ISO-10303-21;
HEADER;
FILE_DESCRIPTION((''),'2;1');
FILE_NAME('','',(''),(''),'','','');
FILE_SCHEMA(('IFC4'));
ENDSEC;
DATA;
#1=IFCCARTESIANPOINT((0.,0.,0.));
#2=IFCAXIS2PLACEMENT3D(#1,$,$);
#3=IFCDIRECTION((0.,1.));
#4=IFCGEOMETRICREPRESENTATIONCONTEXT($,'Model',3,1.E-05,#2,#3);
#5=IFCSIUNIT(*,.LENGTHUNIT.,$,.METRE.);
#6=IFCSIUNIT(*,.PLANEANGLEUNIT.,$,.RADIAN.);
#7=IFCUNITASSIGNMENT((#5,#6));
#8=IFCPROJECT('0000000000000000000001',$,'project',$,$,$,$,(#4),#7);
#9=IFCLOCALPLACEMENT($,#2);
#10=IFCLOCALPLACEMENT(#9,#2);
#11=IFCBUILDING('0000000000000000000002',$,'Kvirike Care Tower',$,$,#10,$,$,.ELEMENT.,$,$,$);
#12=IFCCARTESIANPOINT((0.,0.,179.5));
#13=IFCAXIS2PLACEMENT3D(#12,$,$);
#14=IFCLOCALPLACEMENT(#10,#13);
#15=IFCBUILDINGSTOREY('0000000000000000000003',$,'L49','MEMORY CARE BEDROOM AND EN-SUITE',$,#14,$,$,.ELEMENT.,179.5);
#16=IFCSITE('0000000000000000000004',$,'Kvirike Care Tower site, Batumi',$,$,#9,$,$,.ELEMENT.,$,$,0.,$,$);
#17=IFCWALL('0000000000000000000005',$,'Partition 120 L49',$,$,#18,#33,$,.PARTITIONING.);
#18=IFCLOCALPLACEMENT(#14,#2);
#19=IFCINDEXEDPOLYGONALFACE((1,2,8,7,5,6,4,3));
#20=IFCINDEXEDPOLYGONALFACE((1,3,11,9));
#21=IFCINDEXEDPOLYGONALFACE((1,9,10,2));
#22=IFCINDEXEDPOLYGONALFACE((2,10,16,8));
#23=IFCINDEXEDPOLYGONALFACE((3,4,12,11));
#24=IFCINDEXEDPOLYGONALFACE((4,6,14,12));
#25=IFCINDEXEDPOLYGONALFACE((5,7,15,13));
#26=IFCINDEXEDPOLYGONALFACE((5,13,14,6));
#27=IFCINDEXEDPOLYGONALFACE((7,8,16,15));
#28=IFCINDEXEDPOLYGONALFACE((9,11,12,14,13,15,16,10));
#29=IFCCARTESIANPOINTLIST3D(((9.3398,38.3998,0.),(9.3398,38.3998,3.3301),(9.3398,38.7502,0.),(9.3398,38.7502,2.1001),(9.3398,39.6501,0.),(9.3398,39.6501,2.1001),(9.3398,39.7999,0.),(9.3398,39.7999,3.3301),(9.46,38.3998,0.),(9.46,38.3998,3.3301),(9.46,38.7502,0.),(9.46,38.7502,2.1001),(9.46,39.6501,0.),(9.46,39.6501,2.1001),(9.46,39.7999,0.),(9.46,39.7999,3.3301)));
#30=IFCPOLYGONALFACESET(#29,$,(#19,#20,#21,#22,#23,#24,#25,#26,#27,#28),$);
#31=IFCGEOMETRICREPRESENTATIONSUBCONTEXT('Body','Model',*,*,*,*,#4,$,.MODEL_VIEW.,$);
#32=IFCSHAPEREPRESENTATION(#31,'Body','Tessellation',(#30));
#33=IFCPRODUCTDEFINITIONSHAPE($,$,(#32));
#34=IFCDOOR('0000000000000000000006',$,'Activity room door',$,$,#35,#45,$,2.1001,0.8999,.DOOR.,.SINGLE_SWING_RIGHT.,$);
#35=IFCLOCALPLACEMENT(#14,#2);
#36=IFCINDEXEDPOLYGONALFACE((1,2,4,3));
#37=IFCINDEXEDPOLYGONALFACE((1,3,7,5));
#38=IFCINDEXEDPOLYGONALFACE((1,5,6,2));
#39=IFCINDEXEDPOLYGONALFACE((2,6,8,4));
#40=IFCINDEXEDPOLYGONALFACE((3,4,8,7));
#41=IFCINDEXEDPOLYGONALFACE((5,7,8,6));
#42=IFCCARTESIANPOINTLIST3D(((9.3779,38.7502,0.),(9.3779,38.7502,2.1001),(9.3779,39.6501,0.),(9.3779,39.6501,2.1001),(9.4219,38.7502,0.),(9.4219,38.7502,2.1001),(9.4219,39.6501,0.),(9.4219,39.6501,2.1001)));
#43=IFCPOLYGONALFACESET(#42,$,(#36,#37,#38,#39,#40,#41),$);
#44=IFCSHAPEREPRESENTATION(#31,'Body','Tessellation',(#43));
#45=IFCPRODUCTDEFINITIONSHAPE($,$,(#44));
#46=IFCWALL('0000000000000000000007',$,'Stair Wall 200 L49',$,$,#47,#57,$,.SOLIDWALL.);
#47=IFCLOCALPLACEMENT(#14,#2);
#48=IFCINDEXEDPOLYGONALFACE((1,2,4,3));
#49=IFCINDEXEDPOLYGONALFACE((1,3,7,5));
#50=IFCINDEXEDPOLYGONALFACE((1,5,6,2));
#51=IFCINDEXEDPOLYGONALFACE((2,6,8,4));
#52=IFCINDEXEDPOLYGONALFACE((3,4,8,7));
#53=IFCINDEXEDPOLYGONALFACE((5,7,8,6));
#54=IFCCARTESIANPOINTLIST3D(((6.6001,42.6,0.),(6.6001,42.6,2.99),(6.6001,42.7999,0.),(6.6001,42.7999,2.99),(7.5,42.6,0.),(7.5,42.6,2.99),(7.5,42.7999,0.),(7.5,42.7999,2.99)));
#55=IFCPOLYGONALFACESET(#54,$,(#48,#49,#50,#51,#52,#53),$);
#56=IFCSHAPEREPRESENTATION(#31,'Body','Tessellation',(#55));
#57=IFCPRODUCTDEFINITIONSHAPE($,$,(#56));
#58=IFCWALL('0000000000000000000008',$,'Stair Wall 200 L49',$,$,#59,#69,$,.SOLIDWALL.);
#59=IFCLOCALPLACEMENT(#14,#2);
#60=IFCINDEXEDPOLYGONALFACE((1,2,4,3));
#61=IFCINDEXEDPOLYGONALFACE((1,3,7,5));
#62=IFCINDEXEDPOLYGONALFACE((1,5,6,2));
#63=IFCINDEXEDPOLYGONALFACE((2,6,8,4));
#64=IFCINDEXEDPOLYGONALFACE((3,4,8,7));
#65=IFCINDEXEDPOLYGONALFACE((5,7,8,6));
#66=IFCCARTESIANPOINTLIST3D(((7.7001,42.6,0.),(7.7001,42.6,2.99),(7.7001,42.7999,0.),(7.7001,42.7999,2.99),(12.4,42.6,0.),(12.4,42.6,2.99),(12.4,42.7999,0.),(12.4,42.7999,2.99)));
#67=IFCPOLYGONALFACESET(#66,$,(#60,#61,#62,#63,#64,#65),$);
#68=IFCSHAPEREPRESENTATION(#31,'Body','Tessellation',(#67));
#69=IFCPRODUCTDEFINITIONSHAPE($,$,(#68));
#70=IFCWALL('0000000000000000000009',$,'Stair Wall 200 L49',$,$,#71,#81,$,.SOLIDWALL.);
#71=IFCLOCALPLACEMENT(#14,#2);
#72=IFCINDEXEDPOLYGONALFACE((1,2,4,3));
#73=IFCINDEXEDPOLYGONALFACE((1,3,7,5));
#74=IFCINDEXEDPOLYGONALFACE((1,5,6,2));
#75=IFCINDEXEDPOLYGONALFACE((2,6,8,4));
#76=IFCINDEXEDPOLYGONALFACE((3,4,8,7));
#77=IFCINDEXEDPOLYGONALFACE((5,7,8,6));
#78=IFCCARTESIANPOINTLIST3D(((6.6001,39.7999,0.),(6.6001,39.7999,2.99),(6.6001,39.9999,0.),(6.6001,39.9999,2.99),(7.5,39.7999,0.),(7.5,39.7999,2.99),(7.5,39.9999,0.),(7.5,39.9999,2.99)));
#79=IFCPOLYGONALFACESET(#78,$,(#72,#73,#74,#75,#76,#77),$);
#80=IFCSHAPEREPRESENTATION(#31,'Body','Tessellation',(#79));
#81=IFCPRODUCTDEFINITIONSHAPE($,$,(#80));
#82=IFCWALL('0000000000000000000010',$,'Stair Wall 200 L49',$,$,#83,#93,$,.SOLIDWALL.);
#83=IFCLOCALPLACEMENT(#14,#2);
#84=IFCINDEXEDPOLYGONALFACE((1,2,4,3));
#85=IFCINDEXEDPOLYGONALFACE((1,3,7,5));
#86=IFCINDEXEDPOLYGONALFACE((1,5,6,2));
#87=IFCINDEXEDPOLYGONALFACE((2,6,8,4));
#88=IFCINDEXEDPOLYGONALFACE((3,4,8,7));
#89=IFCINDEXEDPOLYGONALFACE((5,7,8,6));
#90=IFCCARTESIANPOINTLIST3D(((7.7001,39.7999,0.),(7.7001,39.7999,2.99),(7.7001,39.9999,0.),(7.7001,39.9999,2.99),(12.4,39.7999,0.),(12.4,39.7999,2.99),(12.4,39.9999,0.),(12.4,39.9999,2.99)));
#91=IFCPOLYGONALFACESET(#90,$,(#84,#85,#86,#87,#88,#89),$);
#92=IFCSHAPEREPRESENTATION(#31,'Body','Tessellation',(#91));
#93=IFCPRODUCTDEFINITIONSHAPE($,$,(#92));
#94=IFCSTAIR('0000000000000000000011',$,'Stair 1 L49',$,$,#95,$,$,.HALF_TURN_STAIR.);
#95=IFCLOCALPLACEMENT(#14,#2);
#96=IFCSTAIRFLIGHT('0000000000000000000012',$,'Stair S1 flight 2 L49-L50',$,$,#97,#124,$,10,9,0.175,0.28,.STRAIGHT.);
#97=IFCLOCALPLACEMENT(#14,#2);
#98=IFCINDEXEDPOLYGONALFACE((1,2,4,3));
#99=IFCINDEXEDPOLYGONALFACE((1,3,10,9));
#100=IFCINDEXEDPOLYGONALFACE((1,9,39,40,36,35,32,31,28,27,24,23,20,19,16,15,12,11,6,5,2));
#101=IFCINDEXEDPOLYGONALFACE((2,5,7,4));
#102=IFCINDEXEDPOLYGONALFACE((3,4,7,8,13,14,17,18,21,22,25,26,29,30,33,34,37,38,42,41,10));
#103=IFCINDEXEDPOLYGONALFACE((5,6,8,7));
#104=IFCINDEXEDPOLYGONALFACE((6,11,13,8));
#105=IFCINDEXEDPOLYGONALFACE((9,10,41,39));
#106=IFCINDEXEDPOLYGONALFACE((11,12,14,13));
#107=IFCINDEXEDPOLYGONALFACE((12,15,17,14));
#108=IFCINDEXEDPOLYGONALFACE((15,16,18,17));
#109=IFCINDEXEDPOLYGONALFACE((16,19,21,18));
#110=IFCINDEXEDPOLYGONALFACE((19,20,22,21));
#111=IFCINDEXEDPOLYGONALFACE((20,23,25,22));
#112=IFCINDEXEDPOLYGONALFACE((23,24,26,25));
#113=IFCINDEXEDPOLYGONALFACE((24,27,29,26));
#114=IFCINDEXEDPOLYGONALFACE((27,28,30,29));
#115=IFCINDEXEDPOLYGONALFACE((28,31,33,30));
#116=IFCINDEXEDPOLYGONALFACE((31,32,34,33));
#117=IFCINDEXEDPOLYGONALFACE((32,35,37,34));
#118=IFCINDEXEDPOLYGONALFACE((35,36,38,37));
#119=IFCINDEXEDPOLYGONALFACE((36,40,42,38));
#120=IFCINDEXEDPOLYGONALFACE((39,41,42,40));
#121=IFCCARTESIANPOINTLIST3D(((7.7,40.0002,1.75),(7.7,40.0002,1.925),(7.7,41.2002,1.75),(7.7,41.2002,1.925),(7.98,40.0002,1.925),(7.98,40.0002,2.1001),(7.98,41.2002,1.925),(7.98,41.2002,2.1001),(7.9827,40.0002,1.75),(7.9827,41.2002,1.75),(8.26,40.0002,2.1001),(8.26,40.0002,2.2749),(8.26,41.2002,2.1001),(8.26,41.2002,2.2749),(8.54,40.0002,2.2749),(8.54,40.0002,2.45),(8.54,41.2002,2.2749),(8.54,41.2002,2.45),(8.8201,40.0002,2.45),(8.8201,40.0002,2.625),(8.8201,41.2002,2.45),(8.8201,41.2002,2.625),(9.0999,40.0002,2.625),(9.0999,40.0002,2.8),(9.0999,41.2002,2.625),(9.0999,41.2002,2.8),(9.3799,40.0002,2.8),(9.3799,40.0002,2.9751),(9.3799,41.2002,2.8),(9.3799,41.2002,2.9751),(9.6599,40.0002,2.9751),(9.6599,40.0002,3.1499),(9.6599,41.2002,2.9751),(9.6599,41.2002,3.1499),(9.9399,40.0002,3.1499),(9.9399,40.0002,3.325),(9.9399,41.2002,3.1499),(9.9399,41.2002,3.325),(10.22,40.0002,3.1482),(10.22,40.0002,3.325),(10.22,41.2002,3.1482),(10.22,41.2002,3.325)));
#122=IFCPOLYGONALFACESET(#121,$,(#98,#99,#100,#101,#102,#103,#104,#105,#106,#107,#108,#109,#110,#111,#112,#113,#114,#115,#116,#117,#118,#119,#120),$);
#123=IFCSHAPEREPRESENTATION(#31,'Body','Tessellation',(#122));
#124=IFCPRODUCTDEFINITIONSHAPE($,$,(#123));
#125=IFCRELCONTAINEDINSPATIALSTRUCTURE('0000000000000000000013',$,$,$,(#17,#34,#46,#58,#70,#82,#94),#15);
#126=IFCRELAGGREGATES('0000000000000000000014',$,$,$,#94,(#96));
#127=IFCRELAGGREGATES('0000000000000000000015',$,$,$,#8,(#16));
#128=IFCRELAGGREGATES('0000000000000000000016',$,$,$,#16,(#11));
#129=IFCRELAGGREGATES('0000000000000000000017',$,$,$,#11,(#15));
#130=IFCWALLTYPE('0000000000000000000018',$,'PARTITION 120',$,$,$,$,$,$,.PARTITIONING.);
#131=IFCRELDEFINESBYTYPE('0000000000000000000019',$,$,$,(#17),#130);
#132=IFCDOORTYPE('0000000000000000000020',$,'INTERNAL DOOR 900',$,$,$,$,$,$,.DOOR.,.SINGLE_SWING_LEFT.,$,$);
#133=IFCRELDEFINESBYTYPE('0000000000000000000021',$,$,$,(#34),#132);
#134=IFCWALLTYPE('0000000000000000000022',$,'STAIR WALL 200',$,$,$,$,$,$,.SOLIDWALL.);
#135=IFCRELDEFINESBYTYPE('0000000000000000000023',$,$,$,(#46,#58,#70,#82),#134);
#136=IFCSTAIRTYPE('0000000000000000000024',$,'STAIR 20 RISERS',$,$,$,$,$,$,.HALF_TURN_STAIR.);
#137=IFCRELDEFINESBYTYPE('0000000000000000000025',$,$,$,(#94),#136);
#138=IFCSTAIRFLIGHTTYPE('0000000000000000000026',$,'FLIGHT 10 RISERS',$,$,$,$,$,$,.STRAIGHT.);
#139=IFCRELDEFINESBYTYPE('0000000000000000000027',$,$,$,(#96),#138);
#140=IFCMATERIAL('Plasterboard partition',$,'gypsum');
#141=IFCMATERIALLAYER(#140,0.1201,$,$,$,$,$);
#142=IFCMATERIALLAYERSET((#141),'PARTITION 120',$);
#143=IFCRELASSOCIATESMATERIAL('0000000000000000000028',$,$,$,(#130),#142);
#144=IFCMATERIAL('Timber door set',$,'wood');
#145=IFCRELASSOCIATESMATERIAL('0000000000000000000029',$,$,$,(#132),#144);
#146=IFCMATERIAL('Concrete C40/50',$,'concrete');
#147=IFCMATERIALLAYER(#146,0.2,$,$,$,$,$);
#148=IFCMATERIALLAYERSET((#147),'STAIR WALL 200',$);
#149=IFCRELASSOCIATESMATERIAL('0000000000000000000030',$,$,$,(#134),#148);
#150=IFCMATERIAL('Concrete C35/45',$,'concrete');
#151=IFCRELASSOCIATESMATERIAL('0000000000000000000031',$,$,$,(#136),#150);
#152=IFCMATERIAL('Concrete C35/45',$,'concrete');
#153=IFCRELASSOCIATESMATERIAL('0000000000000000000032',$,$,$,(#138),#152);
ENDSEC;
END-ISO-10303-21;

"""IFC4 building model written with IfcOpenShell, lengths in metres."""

from ifc_helpers import new_model, si_unit, direction, frame, frame_2d, origin, place, context, subcontext, project, spatial, polyline, rectangle, outline, extrude, material, layer, layer_set, type_object, element, fill, aggregate, save


model = new_model("IFC4")

# Units and contexts
model_context = context("Model", 3, precision=1e-05, world=origin(), true_north=direction((0.0, 1.0)))
body_context = subcontext(model_context, "Body", "Model", "MODEL_VIEW")
ifc_project = project(units=[si_unit("LENGTHUNIT", "METRE"), si_unit("PLANEANGLEUNIT", "RADIAN")], contexts=[model_context])

# Site, building, storey
site_placement = place(None, origin())
site = spatial("IfcSite", under=ifc_project, at=site_placement, Name="Kvirike Care Tower site, Batumi", CompositionType="ELEMENT", RefElevation=0.0)
building_placement = place(site_placement, origin())
building = spatial("IfcBuilding", under=site, at=building_placement, Name="Kvirike Care Tower", CompositionType="ELEMENT")
storey_placement = place(building_placement, frame((0.0, 0.0, 179.5)))
storey = spatial("IfcBuildingStorey", under=building, at=storey_placement, Name="L49", Description="MEMORY CARE BEDROOM AND EN-SUITE", CompositionType="ELEMENT", Elevation=179.5)

# Wall, opening, door
ifc_material_1 = material(Name="Plasterboard partition", Category="gypsum")
ifc_layer_1 = layer(ifc_material_1, 0.1201)
ifc_layer_set_1 = layer_set([ifc_layer_1], Name="PARTITION 120")
wall_type_1 = type_object("IfcWallType", Name="PARTITION 120", PredefinedType="PARTITIONING", material=ifc_layer_set_1)
wall_1_placement = place(storey_placement, frame((9.3999, 39.8, 0.0), z_axis=(0.0, 0.0, 1.0), x_axis=(0.0, -1.0, 0.0)))
wall_1 = element("IfcWall", 1, at=wall_1_placement, inside=storey, type_object=wall_type_1, Name="Partition 120 L49", PredefinedType="PARTITIONING", context=body_context, shape_type="SweptSolid", body=[
    extrude(rectangle(XDim=1.4001, YDim=0.1201, at=frame_2d((0.7002, 0.0))), origin(), (0.0, 0.0, 1.0), 3.3301),
])
opening_placement = place(wall_1_placement, frame((0.1499, 0.0, 0.0)))
opening = element("IfcOpeningElement", 2, at=opening_placement, cuts=wall_1, PredefinedType="OPENING", context=body_context, shape_type="SweptSolid", body=[
    extrude(rectangle(XDim=0.8999, YDim=2.1001, at=frame_2d((0.45, 1.05))), frame((0.0, 0.0706, 0.0), z_axis=(0.0, -1.0, 0.0), x_axis=(1.0, 0.0, 0.0)), (0.0, 0.0, 1.0), 0.1411),
])
ifc_material_2 = material(Name="Timber door set", Category="wood")
door_type = type_object("IfcDoorType", Name="INTERNAL DOOR 900", OperationType="SINGLE_SWING_LEFT", PredefinedType="DOOR", material=ifc_material_2)
door_placement = place(opening_placement, origin())
door = element("IfcDoor", 3, at=door_placement, inside=storey, type_object=door_type, Name="Activity room door", OperationType="SINGLE_SWING_RIGHT", OverallHeight=2.1001, OverallWidth=0.8999, PredefinedType="DOOR", context=body_context, shape_type="SweptSolid", body=[
    extrude(rectangle(XDim=0.8999, YDim=2.1001, at=frame_2d((0.45, 1.05))), frame((0.0, 0.022, 0.0), z_axis=(0.0, -1.0, 0.0), x_axis=(1.0, 0.0, 0.0)), (0.0, 0.0, 1.0), 0.0439),
])
fill(opening, door)

# Walls
ifc_material_3 = material(Name="Concrete C40/50", Category="concrete")
ifc_layer_2 = layer(ifc_material_3, 0.2)
ifc_layer_set_2 = layer_set([ifc_layer_2], Name="STAIR WALL 200")
wall_type_2 = type_object("IfcWallType", Name="STAIR WALL 200", PredefinedType="SOLIDWALL", material=ifc_layer_set_2)
wall_2_placement = place(storey_placement, frame((6.6001, 42.7, 0.0), z_axis=(0.0, 0.0, 1.0), x_axis=(1.0, 0.0, 0.0)))
element("IfcWall", 4, at=wall_2_placement, inside=storey, type_object=wall_type_2, Name="Stair Wall 200 L49", PredefinedType="SOLIDWALL", context=body_context, shape_type="SweptSolid", body=[
    extrude(rectangle(XDim=0.8999, YDim=0.2, at=frame_2d((0.45, 0.0))), origin(), (0.0, 0.0, 1.0), 2.99),
])
wall_3_placement = place(storey_placement, frame((7.7, 42.7, 0.0), z_axis=(0.0, 0.0, 1.0), x_axis=(1.0, 0.0, 0.0)))
element("IfcWall", 5, at=wall_3_placement, inside=storey, type_object=wall_type_2, Name="Stair Wall 200 L49", PredefinedType="SOLIDWALL", context=body_context, shape_type="SweptSolid", body=[
    extrude(rectangle(XDim=4.7, YDim=0.2, at=frame_2d((2.3501, 0.0))), origin(), (0.0, 0.0, 1.0), 2.99),
])
wall_4_placement = place(storey_placement, frame((6.6001, 39.8999, 0.0), z_axis=(0.0, 0.0, 1.0), x_axis=(1.0, 0.0, 0.0)))
element("IfcWall", 6, at=wall_4_placement, inside=storey, type_object=wall_type_2, Name="Stair Wall 200 L49", PredefinedType="SOLIDWALL", context=body_context, shape_type="SweptSolid", body=[
    extrude(rectangle(XDim=0.8999, YDim=0.2, at=frame_2d((0.45, 0.0))), origin(), (0.0, 0.0, 1.0), 2.99),
])
wall_5_placement = place(storey_placement, frame((7.7, 39.8999, 0.0), z_axis=(0.0, 0.0, 1.0), x_axis=(1.0, 0.0, 0.0)))
element("IfcWall", 7, at=wall_5_placement, inside=storey, type_object=wall_type_2, Name="Stair Wall 200 L49", PredefinedType="SOLIDWALL", context=body_context, shape_type="SweptSolid", body=[
    extrude(rectangle(XDim=4.7, YDim=0.2, at=frame_2d((2.3501, 0.0))), origin(), (0.0, 0.0, 1.0), 2.99),
])

# Stair, stair flight
ifc_material_4 = material(Name="Concrete C35/45", Category="concrete")
stair_type = type_object("IfcStairType", Name="STAIR 20 RISERS", PredefinedType="HALF_TURN_STAIR", material=ifc_material_4)
stair_placement = place(storey_placement, origin())
stair = element("IfcStair", 8, at=stair_placement, inside=storey, type_object=stair_type, Name="Stair 1 L49", PredefinedType="HALF_TURN_STAIR")
ifc_material_5 = material(Name="Concrete C35/45", Category="concrete")
stair_flight_type = type_object("IfcStairFlightType", Name="FLIGHT 10 RISERS", PredefinedType="STRAIGHT", material=ifc_material_5)
stair_flight_placement = place(storey_placement, frame((7.7, 40.6001, 1.75), z_axis=(0.0, 0.0, 1.0), x_axis=(1.0, 0.0, 0.0)))
stair_flight = element("IfcStairFlight", 9, at=stair_flight_placement, type_object=stair_flight_type, Name="Stair S1 flight 2 L49-L50", NumberOfRisers=10, NumberOfTreads=9, PredefinedType="STRAIGHT", RiserHeight=0.175, TreadLength=0.28, context=body_context, shape_type="SweptSolid", body=[
    extrude(outline(polyline([(0.0, 0.0), (0.0, 0.175), (0.28, 0.175), (0.28, 0.3501), (0.5601, 0.3501), (0.5601, 0.5249), (0.8401, 0.5249), (0.8401, 0.7), (1.1201, 0.7), (1.1201, 0.875), (1.3999, 0.875), (1.3999, 1.05), (1.6799, 1.05), (1.6799, 1.2251), (1.96, 1.2251), (1.96, 1.3999), (2.24, 1.3999), (2.24, 1.575), (2.52, 1.575), (2.52, 1.75), (2.52, 1.3982), (0.2827, 0.0), (0.0, 0.0)])), frame((0.0, 0.6001, 0.0), z_axis=(0.0, -1.0, 0.0), x_axis=(1.0, 0.0, 0.0)), (0.0, 0.0, 1.0), 1.2),
])
aggregate(stair, [stair_flight])

save(model, "model.ifc")
